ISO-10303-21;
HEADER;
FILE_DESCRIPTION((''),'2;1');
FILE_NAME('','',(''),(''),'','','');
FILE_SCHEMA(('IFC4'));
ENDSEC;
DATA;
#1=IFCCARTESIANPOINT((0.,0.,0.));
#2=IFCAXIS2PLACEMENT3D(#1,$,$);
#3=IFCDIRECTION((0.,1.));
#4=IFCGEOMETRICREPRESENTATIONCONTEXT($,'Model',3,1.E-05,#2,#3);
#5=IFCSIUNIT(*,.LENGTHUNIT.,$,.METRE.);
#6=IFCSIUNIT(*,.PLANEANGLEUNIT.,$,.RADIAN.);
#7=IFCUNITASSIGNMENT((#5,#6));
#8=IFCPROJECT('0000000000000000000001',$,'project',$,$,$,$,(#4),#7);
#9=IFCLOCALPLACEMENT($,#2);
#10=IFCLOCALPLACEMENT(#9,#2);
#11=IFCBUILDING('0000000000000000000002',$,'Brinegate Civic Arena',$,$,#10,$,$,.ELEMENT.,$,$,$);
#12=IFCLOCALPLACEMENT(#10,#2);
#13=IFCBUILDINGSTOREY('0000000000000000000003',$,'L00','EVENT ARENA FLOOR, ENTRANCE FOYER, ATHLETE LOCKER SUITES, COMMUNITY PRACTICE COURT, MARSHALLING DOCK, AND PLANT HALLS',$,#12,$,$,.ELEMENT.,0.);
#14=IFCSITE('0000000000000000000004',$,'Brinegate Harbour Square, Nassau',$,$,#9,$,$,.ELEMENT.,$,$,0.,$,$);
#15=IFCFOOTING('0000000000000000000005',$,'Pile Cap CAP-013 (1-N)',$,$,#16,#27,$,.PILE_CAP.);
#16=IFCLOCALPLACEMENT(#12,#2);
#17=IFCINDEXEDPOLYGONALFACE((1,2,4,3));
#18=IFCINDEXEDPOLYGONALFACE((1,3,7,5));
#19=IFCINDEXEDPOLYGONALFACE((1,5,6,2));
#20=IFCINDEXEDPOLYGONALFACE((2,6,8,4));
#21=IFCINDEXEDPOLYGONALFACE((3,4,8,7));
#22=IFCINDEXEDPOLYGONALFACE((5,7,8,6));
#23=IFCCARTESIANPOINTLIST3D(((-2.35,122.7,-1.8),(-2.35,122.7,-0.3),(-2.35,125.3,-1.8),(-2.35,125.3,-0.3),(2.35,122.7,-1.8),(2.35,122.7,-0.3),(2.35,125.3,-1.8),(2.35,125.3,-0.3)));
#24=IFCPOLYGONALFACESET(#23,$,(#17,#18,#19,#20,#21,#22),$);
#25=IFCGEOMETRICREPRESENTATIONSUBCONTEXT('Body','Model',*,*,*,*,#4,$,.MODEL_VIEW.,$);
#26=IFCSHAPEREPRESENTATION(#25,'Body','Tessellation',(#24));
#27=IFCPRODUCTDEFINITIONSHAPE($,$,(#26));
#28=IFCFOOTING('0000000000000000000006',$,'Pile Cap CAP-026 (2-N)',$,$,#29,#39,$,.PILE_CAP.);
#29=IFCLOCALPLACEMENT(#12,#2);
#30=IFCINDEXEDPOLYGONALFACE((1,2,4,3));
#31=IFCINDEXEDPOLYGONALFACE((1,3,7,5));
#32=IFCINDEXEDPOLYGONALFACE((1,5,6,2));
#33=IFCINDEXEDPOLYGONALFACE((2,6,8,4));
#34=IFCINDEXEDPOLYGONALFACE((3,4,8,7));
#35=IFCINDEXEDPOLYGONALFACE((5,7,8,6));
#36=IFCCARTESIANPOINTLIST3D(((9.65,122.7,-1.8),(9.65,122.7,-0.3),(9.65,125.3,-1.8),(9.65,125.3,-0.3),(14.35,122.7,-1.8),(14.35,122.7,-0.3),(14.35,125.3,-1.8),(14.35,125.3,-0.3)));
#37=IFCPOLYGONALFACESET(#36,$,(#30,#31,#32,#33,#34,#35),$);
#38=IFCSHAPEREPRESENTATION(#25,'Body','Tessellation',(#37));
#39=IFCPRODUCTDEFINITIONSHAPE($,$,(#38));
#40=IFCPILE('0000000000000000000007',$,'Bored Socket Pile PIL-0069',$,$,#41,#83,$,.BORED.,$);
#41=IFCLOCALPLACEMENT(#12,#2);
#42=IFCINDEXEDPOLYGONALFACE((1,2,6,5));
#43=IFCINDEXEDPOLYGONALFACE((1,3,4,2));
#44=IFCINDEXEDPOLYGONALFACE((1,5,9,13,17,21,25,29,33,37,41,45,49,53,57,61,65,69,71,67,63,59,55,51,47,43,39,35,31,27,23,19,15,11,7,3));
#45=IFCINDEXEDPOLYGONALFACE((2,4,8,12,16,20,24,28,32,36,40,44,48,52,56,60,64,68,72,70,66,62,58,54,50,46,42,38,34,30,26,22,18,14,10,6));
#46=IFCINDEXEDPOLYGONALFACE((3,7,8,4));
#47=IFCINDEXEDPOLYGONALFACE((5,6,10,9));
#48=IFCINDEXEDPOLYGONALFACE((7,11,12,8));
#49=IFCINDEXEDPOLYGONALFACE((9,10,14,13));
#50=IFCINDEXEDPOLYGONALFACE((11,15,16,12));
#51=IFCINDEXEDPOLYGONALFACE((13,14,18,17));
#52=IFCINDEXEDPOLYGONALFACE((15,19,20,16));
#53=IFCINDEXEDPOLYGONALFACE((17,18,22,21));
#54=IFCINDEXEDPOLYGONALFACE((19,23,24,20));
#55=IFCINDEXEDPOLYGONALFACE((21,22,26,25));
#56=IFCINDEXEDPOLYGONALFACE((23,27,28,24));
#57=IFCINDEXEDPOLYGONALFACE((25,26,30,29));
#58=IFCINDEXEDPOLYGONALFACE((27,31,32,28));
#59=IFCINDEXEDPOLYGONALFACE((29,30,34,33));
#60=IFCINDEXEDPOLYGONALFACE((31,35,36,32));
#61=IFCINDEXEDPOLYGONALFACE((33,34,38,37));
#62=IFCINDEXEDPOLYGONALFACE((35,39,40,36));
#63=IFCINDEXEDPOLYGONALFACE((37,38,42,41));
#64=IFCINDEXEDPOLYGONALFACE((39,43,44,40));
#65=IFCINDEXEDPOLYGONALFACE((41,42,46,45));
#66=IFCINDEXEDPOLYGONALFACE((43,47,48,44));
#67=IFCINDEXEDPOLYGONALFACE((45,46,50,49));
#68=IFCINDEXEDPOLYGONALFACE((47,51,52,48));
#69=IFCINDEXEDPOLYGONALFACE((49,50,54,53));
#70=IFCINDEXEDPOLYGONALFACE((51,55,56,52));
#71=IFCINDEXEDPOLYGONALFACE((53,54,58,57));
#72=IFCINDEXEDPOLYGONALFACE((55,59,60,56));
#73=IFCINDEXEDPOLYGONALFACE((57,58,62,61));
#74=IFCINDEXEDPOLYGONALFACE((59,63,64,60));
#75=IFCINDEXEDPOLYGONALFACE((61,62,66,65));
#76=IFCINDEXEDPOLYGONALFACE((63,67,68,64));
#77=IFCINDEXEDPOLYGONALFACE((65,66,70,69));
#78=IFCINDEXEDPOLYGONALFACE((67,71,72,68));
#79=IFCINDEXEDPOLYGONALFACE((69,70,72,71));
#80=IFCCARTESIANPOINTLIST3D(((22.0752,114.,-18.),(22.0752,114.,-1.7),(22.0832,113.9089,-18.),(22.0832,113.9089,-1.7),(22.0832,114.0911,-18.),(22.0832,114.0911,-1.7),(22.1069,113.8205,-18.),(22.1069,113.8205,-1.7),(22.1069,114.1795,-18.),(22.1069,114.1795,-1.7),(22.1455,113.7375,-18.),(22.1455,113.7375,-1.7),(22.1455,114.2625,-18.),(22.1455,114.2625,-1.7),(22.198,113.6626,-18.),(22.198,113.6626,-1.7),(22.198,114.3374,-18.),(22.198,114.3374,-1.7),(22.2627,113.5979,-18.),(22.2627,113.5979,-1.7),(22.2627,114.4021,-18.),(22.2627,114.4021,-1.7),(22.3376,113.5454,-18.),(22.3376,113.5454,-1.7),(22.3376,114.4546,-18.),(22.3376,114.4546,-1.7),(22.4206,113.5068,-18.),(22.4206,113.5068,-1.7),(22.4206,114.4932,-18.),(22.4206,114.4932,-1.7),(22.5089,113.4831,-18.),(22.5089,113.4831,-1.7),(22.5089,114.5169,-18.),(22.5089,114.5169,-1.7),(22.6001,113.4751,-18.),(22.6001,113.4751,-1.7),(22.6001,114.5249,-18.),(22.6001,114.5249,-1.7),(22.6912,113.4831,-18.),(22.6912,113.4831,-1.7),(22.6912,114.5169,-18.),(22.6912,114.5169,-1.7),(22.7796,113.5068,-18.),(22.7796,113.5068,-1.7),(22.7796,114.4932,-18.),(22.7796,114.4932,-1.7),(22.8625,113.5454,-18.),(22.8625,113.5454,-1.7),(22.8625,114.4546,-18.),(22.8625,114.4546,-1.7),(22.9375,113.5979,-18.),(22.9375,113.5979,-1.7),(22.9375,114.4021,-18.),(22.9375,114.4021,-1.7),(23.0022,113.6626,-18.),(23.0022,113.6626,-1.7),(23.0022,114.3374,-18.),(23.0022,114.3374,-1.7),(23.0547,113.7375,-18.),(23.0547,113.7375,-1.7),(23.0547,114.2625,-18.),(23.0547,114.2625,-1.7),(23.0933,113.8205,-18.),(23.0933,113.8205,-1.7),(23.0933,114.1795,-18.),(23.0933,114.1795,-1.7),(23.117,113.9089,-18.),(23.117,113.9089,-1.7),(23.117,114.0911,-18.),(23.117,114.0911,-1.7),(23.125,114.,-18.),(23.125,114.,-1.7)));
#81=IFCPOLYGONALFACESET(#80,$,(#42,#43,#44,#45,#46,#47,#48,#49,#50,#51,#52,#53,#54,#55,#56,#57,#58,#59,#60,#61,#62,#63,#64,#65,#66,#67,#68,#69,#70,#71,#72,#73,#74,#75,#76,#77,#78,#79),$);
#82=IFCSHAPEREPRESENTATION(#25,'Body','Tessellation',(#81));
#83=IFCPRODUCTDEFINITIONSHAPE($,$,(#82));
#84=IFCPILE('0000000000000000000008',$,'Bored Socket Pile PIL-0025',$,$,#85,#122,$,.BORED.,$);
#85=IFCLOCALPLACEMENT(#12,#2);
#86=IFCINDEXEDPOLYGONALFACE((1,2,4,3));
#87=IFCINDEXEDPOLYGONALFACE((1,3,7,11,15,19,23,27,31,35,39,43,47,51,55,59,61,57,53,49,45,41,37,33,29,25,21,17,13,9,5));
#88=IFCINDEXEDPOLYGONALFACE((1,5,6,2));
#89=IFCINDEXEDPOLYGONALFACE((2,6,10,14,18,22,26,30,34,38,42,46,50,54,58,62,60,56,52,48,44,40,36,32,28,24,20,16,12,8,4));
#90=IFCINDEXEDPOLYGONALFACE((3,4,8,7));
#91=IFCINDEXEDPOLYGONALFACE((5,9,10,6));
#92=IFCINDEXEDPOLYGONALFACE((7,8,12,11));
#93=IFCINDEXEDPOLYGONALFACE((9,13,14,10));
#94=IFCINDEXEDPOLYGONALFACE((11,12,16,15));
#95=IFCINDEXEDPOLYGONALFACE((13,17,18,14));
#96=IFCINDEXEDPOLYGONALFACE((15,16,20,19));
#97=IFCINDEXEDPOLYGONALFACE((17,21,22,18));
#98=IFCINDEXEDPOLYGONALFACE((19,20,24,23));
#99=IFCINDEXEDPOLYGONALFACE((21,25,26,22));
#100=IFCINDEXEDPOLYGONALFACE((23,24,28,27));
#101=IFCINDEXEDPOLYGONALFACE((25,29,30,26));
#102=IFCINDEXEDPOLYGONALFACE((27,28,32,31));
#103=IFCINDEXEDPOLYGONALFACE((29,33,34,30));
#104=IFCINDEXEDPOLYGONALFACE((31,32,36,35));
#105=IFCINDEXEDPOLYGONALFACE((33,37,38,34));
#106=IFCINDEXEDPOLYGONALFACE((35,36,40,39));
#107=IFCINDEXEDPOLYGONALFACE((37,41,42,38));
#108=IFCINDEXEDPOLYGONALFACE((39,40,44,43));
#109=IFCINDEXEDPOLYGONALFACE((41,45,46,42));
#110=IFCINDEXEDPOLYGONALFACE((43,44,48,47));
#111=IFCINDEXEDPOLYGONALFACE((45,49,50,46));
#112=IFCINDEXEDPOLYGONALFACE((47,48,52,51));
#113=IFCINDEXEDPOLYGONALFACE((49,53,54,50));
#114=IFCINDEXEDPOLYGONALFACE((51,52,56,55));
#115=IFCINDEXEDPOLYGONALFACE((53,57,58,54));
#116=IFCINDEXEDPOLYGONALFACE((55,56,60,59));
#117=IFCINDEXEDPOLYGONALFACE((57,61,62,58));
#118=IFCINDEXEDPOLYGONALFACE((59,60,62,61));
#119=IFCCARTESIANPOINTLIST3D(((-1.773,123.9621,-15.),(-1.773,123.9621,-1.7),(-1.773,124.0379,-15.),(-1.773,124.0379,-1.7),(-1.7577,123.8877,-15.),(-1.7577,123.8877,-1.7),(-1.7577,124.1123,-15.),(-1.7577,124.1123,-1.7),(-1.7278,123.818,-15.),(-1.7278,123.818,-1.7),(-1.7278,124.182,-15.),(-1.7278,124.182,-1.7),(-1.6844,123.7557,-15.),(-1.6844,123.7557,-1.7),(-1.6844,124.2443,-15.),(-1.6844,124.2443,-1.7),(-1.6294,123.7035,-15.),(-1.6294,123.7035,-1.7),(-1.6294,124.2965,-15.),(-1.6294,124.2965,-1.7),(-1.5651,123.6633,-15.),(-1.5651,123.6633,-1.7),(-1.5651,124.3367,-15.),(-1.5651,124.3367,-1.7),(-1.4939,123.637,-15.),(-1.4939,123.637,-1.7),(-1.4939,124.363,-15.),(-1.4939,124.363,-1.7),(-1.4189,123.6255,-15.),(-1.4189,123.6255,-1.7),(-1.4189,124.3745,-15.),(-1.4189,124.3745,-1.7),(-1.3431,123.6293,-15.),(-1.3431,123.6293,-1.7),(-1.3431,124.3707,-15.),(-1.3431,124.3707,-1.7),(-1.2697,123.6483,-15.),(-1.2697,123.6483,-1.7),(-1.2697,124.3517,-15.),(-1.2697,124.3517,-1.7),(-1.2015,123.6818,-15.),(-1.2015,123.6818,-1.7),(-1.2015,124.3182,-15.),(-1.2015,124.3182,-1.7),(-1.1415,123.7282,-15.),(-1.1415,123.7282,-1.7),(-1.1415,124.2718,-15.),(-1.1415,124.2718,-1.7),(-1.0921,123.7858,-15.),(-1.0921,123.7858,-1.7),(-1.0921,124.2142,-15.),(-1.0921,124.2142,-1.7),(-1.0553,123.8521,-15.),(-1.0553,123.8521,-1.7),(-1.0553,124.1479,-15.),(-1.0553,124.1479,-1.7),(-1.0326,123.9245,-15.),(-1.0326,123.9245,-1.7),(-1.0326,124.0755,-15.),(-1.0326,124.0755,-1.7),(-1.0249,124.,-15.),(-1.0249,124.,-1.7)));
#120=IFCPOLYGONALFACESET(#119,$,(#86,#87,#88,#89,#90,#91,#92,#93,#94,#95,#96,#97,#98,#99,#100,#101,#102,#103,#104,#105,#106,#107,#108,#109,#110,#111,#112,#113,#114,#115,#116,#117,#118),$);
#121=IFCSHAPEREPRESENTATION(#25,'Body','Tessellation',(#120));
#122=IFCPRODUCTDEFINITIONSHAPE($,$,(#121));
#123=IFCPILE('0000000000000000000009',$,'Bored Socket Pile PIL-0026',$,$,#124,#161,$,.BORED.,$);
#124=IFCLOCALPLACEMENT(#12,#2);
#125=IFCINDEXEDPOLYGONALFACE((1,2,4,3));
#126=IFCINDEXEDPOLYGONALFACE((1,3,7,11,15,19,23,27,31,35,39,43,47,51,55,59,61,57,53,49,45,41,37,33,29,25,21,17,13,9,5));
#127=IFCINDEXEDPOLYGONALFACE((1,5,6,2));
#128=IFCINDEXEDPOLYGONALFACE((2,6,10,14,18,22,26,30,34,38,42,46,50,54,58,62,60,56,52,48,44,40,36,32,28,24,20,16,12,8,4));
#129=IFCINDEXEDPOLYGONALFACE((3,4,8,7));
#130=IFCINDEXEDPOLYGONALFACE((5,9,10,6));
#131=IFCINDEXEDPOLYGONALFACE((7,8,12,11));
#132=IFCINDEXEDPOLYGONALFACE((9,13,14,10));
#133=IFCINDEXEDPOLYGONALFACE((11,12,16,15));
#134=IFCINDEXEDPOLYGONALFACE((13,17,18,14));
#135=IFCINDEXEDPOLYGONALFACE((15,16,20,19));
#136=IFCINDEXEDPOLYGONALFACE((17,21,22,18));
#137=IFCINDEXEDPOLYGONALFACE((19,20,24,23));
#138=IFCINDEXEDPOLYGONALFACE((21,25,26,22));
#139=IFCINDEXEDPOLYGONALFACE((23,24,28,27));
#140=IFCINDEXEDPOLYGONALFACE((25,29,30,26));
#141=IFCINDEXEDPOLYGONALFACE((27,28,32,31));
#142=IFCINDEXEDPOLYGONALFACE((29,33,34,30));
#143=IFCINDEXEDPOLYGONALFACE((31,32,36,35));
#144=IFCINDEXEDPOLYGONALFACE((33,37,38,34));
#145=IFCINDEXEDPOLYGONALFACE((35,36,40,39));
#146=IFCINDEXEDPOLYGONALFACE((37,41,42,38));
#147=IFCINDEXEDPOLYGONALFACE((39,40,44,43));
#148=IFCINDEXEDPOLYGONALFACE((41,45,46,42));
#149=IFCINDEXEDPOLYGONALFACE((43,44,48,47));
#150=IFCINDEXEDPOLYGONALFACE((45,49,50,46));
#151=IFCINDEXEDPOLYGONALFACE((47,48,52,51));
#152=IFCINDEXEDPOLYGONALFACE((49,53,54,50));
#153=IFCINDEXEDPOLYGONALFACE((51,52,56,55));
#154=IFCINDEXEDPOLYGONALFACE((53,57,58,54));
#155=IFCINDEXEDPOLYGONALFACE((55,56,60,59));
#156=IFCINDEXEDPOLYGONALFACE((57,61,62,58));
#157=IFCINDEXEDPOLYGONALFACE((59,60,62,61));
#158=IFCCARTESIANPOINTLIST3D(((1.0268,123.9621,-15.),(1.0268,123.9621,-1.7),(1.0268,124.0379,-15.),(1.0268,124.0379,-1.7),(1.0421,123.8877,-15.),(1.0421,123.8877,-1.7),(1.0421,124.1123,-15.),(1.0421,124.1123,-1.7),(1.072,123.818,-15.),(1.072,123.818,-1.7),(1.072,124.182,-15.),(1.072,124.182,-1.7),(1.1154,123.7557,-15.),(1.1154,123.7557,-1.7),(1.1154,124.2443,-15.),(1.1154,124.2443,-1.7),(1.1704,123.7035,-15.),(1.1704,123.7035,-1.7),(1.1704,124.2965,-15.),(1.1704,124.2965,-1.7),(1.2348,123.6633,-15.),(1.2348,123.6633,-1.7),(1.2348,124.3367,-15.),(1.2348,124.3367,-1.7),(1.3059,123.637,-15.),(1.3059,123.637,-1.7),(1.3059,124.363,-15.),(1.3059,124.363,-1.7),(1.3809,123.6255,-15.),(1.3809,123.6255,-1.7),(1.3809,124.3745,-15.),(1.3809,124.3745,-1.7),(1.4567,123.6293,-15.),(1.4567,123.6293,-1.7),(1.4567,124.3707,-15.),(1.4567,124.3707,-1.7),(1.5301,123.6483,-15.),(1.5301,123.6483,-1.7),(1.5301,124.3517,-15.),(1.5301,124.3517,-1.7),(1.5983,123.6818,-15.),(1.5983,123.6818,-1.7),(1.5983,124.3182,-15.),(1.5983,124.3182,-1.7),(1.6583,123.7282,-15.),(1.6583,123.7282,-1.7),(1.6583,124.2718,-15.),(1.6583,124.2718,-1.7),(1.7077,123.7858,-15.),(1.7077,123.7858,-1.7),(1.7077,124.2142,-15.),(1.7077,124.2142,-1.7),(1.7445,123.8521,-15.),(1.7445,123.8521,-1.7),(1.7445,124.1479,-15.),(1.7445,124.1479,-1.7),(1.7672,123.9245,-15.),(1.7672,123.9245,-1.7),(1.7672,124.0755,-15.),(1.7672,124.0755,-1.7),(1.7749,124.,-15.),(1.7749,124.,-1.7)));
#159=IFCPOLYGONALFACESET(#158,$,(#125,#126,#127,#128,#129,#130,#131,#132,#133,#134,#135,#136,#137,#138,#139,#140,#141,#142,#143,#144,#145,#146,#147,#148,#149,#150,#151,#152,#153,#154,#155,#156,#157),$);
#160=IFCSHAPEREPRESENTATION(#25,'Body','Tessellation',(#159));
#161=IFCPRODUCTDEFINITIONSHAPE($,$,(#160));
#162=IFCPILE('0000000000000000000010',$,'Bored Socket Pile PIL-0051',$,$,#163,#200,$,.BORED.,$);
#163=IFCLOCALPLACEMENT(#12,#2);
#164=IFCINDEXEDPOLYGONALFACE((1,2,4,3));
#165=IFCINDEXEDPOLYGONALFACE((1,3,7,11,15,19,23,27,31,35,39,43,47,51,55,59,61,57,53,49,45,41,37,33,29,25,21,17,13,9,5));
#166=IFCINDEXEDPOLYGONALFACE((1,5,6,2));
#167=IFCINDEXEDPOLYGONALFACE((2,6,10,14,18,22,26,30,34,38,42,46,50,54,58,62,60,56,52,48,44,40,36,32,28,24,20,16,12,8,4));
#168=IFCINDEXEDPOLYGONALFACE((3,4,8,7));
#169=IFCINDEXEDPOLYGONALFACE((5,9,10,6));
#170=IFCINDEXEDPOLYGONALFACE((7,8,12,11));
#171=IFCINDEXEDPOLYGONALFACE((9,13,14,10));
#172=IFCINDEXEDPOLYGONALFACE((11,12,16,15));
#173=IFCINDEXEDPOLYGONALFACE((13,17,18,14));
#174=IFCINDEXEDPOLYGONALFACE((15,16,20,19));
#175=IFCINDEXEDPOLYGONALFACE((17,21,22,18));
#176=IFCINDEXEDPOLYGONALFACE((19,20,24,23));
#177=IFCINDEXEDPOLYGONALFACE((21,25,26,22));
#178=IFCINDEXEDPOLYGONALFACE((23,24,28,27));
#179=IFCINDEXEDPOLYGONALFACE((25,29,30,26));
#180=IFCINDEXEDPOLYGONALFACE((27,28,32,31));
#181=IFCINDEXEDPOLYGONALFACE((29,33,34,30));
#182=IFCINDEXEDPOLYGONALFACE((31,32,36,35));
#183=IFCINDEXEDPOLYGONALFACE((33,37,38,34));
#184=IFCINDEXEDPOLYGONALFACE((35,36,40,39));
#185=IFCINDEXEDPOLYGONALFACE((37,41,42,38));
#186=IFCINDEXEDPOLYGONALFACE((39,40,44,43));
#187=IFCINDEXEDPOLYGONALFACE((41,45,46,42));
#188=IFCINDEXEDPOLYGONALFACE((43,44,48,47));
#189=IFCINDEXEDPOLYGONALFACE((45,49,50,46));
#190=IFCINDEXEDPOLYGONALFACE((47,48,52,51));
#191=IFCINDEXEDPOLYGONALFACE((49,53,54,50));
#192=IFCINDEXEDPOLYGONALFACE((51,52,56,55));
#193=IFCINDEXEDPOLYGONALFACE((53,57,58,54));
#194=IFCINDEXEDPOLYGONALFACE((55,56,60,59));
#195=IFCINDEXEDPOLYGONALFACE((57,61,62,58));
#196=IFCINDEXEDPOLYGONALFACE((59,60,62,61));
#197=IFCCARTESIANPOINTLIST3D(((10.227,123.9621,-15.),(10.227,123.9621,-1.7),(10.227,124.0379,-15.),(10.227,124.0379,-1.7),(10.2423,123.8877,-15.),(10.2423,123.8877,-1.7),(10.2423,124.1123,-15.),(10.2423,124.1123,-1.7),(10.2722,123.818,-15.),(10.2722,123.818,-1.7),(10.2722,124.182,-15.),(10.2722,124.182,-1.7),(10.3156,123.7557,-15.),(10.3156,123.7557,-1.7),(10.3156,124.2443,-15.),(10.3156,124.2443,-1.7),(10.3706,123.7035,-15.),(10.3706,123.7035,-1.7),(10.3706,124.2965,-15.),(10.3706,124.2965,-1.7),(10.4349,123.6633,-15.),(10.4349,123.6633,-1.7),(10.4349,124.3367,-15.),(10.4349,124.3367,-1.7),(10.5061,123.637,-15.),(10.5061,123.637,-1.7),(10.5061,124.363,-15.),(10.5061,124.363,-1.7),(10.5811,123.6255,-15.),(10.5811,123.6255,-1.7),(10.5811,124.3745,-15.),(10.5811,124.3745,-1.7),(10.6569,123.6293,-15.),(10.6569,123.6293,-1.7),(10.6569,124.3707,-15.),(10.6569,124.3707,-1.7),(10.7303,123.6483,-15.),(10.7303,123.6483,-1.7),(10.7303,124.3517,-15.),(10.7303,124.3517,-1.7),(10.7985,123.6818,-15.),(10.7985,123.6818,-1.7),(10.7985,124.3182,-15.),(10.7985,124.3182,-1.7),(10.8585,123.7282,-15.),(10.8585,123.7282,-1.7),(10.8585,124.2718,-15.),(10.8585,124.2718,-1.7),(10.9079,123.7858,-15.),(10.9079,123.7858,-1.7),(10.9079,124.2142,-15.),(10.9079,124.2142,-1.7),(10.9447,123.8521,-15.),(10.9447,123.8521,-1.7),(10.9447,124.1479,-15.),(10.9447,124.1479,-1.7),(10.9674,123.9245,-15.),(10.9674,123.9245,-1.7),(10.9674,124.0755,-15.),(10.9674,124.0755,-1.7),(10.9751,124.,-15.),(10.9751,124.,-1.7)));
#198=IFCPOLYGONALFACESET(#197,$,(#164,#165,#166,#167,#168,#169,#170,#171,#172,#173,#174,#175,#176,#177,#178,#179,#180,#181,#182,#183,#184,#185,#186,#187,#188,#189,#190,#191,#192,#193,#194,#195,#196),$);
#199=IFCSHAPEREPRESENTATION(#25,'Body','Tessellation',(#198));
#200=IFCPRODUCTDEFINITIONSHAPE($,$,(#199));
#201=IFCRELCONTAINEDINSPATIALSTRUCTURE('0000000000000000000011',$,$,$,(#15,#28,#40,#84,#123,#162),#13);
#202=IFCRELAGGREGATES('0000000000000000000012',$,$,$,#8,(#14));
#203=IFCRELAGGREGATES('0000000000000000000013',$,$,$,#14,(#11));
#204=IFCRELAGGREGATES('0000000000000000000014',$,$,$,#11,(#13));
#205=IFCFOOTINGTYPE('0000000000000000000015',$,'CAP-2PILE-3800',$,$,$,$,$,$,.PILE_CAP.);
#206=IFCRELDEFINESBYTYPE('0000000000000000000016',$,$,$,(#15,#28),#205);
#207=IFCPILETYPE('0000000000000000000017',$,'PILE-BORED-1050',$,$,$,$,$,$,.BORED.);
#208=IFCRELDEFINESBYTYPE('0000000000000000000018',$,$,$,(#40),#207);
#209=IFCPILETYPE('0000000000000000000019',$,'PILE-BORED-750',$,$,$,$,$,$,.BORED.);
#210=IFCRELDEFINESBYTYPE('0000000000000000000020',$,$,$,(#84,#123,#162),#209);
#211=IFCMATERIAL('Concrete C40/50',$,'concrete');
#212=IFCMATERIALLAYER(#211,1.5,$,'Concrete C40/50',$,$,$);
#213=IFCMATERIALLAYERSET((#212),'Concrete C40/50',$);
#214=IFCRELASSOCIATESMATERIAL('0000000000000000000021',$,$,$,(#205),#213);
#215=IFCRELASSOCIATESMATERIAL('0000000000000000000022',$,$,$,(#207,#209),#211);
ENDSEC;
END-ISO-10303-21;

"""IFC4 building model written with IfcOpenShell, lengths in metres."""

from ifc_helpers import new_model, si_unit, direction, frame, origin, origin_2d, place, context, subcontext, project, spatial, rectangle, circle, extrude, material, layer, layer_set, material_profile, profile_set, type_object, element, save


model = new_model("IFC4")

# Units and contexts
model_context = context("Model", 3, precision=1e-05, world=origin(), true_north=direction((0.0, 1.0)))
body_context = subcontext(model_context, "Body", "Model", "MODEL_VIEW")
ifc_project = project(units=[si_unit("LENGTHUNIT", "METRE"), si_unit("PLANEANGLEUNIT", "RADIAN")], contexts=[model_context])

# Site, building, storey
site_placement = place(None, origin())
site = spatial("IfcSite", under=ifc_project, at=site_placement, Name="Brinegate Harbour Square, Nassau", CompositionType="ELEMENT", RefElevation=0.0)
building_placement = place(site_placement, origin())
building = spatial("IfcBuilding", under=site, at=building_placement, Name="Brinegate Civic Arena", CompositionType="ELEMENT")
storey_placement = place(building_placement, origin())
storey = spatial("IfcBuildingStorey", under=building, at=storey_placement, Name="L00", Description="EVENT ARENA FLOOR, ENTRANCE FOYER, ATHLETE LOCKER SUITES, COMMUNITY PRACTICE COURT, MARSHALLING DOCK, AND PLANT HALLS", CompositionType="ELEMENT", Elevation=0.0)

# Footings
ifc_material_1 = material(Name="Concrete C40/50", Category="concrete")
ifc_layer_1 = layer(ifc_material_1, 1.5, Name="Concrete C40/50")
ifc_layer_set_1 = layer_set([ifc_layer_1], Name="Concrete C40/50")
footing_type_1 = type_object("IfcFootingType", Name="CAP-2PILE-3800", PredefinedType="PILE_CAP", material=ifc_layer_set_1)
for number, where, z_axis, x_axis, name in (
    (1, (0.0, 124.0, -1.8), (0.0, 0.0, 1.0), (1.0, 0.0, 0.0), "Pile Cap CAP-013 (1-N)"),
    (2, (12.0, 124.0, -1.8), (0.0, 0.0, 1.0), (1.0, 0.0, 0.0), "Pile Cap CAP-026 (2-N)"),
):
    element("IfcFooting", number, at=place(storey_placement, frame(where, z_axis=z_axis, x_axis=x_axis)), inside=storey, type_object=footing_type_1, Name=name, PredefinedType="PILE_CAP", context=body_context, shape_type="SweptSolid", body=[
        extrude(rectangle(XDim=4.7, YDim=2.6001, at=origin_2d()), origin(), (0.0, 0.0, 1.0), 1.5),
    ])

# Piles
ifc_material_profile_1 = material_profile(ifc_material_1, circle(Radius=0.5249, at=origin_2d()), Name="PILED1050")
ifc_profile_set_1 = profile_set([ifc_material_profile_1], Name="Concrete C40/50")
pile_type_1 = type_object("IfcPileType", Name="PILE-BORED-1050", PredefinedType="BORED", material=ifc_profile_set_1)
pile_placement = place(storey_placement, frame((22.6001, 114.0, -1.7), z_axis=(0.0, 0.0, -1.0), x_axis=(1.0, 0.0, 0.0)))
element("IfcPile", 3, at=pile_placement, inside=storey, type_object=pile_type_1, Name="Bored Socket Pile PIL-0069", PredefinedType="BORED", context=body_context, shape_type="SweptSolid", body=[
    extrude(circle(Radius=0.5249, at=origin_2d()), origin(), (0.0, 0.0, 1.0), 16.3),
])
ifc_material_profile_2 = material_profile(ifc_material_1, circle(Radius=0.375, at=origin_2d()), Name="PILED750")
ifc_profile_set_2 = profile_set([ifc_material_profile_2], Name="Concrete C40/50")
pile_type_2 = type_object("IfcPileType", Name="PILE-BORED-750", PredefinedType="BORED", material=ifc_profile_set_2)
for number, where, z_axis, x_axis, name in (
    (4, (-1.3999, 124.0, -1.7), (0.0, 0.0, -1.0), (1.0, 0.0, 0.0), "Bored Socket Pile PIL-0025"),
    (5, (1.3999, 124.0, -1.7), (0.0, 0.0, -1.0), (1.0, 0.0, 0.0), "Bored Socket Pile PIL-0026"),
    (6, (10.6001, 124.0, -1.7), (0.0, 0.0, -1.0), (1.0, 0.0, 0.0), "Bored Socket Pile PIL-0051"),
):
    element("IfcPile", number, at=place(storey_placement, frame(where, z_axis=z_axis, x_axis=x_axis)), inside=storey, type_object=pile_type_2, Name=name, PredefinedType="BORED", context=body_context, shape_type="SweptSolid", body=[
        extrude(circle(Radius=0.375, at=origin_2d()), origin(), (0.0, 0.0, 1.0), 13.3),
    ])

save(model, "model.ifc")
